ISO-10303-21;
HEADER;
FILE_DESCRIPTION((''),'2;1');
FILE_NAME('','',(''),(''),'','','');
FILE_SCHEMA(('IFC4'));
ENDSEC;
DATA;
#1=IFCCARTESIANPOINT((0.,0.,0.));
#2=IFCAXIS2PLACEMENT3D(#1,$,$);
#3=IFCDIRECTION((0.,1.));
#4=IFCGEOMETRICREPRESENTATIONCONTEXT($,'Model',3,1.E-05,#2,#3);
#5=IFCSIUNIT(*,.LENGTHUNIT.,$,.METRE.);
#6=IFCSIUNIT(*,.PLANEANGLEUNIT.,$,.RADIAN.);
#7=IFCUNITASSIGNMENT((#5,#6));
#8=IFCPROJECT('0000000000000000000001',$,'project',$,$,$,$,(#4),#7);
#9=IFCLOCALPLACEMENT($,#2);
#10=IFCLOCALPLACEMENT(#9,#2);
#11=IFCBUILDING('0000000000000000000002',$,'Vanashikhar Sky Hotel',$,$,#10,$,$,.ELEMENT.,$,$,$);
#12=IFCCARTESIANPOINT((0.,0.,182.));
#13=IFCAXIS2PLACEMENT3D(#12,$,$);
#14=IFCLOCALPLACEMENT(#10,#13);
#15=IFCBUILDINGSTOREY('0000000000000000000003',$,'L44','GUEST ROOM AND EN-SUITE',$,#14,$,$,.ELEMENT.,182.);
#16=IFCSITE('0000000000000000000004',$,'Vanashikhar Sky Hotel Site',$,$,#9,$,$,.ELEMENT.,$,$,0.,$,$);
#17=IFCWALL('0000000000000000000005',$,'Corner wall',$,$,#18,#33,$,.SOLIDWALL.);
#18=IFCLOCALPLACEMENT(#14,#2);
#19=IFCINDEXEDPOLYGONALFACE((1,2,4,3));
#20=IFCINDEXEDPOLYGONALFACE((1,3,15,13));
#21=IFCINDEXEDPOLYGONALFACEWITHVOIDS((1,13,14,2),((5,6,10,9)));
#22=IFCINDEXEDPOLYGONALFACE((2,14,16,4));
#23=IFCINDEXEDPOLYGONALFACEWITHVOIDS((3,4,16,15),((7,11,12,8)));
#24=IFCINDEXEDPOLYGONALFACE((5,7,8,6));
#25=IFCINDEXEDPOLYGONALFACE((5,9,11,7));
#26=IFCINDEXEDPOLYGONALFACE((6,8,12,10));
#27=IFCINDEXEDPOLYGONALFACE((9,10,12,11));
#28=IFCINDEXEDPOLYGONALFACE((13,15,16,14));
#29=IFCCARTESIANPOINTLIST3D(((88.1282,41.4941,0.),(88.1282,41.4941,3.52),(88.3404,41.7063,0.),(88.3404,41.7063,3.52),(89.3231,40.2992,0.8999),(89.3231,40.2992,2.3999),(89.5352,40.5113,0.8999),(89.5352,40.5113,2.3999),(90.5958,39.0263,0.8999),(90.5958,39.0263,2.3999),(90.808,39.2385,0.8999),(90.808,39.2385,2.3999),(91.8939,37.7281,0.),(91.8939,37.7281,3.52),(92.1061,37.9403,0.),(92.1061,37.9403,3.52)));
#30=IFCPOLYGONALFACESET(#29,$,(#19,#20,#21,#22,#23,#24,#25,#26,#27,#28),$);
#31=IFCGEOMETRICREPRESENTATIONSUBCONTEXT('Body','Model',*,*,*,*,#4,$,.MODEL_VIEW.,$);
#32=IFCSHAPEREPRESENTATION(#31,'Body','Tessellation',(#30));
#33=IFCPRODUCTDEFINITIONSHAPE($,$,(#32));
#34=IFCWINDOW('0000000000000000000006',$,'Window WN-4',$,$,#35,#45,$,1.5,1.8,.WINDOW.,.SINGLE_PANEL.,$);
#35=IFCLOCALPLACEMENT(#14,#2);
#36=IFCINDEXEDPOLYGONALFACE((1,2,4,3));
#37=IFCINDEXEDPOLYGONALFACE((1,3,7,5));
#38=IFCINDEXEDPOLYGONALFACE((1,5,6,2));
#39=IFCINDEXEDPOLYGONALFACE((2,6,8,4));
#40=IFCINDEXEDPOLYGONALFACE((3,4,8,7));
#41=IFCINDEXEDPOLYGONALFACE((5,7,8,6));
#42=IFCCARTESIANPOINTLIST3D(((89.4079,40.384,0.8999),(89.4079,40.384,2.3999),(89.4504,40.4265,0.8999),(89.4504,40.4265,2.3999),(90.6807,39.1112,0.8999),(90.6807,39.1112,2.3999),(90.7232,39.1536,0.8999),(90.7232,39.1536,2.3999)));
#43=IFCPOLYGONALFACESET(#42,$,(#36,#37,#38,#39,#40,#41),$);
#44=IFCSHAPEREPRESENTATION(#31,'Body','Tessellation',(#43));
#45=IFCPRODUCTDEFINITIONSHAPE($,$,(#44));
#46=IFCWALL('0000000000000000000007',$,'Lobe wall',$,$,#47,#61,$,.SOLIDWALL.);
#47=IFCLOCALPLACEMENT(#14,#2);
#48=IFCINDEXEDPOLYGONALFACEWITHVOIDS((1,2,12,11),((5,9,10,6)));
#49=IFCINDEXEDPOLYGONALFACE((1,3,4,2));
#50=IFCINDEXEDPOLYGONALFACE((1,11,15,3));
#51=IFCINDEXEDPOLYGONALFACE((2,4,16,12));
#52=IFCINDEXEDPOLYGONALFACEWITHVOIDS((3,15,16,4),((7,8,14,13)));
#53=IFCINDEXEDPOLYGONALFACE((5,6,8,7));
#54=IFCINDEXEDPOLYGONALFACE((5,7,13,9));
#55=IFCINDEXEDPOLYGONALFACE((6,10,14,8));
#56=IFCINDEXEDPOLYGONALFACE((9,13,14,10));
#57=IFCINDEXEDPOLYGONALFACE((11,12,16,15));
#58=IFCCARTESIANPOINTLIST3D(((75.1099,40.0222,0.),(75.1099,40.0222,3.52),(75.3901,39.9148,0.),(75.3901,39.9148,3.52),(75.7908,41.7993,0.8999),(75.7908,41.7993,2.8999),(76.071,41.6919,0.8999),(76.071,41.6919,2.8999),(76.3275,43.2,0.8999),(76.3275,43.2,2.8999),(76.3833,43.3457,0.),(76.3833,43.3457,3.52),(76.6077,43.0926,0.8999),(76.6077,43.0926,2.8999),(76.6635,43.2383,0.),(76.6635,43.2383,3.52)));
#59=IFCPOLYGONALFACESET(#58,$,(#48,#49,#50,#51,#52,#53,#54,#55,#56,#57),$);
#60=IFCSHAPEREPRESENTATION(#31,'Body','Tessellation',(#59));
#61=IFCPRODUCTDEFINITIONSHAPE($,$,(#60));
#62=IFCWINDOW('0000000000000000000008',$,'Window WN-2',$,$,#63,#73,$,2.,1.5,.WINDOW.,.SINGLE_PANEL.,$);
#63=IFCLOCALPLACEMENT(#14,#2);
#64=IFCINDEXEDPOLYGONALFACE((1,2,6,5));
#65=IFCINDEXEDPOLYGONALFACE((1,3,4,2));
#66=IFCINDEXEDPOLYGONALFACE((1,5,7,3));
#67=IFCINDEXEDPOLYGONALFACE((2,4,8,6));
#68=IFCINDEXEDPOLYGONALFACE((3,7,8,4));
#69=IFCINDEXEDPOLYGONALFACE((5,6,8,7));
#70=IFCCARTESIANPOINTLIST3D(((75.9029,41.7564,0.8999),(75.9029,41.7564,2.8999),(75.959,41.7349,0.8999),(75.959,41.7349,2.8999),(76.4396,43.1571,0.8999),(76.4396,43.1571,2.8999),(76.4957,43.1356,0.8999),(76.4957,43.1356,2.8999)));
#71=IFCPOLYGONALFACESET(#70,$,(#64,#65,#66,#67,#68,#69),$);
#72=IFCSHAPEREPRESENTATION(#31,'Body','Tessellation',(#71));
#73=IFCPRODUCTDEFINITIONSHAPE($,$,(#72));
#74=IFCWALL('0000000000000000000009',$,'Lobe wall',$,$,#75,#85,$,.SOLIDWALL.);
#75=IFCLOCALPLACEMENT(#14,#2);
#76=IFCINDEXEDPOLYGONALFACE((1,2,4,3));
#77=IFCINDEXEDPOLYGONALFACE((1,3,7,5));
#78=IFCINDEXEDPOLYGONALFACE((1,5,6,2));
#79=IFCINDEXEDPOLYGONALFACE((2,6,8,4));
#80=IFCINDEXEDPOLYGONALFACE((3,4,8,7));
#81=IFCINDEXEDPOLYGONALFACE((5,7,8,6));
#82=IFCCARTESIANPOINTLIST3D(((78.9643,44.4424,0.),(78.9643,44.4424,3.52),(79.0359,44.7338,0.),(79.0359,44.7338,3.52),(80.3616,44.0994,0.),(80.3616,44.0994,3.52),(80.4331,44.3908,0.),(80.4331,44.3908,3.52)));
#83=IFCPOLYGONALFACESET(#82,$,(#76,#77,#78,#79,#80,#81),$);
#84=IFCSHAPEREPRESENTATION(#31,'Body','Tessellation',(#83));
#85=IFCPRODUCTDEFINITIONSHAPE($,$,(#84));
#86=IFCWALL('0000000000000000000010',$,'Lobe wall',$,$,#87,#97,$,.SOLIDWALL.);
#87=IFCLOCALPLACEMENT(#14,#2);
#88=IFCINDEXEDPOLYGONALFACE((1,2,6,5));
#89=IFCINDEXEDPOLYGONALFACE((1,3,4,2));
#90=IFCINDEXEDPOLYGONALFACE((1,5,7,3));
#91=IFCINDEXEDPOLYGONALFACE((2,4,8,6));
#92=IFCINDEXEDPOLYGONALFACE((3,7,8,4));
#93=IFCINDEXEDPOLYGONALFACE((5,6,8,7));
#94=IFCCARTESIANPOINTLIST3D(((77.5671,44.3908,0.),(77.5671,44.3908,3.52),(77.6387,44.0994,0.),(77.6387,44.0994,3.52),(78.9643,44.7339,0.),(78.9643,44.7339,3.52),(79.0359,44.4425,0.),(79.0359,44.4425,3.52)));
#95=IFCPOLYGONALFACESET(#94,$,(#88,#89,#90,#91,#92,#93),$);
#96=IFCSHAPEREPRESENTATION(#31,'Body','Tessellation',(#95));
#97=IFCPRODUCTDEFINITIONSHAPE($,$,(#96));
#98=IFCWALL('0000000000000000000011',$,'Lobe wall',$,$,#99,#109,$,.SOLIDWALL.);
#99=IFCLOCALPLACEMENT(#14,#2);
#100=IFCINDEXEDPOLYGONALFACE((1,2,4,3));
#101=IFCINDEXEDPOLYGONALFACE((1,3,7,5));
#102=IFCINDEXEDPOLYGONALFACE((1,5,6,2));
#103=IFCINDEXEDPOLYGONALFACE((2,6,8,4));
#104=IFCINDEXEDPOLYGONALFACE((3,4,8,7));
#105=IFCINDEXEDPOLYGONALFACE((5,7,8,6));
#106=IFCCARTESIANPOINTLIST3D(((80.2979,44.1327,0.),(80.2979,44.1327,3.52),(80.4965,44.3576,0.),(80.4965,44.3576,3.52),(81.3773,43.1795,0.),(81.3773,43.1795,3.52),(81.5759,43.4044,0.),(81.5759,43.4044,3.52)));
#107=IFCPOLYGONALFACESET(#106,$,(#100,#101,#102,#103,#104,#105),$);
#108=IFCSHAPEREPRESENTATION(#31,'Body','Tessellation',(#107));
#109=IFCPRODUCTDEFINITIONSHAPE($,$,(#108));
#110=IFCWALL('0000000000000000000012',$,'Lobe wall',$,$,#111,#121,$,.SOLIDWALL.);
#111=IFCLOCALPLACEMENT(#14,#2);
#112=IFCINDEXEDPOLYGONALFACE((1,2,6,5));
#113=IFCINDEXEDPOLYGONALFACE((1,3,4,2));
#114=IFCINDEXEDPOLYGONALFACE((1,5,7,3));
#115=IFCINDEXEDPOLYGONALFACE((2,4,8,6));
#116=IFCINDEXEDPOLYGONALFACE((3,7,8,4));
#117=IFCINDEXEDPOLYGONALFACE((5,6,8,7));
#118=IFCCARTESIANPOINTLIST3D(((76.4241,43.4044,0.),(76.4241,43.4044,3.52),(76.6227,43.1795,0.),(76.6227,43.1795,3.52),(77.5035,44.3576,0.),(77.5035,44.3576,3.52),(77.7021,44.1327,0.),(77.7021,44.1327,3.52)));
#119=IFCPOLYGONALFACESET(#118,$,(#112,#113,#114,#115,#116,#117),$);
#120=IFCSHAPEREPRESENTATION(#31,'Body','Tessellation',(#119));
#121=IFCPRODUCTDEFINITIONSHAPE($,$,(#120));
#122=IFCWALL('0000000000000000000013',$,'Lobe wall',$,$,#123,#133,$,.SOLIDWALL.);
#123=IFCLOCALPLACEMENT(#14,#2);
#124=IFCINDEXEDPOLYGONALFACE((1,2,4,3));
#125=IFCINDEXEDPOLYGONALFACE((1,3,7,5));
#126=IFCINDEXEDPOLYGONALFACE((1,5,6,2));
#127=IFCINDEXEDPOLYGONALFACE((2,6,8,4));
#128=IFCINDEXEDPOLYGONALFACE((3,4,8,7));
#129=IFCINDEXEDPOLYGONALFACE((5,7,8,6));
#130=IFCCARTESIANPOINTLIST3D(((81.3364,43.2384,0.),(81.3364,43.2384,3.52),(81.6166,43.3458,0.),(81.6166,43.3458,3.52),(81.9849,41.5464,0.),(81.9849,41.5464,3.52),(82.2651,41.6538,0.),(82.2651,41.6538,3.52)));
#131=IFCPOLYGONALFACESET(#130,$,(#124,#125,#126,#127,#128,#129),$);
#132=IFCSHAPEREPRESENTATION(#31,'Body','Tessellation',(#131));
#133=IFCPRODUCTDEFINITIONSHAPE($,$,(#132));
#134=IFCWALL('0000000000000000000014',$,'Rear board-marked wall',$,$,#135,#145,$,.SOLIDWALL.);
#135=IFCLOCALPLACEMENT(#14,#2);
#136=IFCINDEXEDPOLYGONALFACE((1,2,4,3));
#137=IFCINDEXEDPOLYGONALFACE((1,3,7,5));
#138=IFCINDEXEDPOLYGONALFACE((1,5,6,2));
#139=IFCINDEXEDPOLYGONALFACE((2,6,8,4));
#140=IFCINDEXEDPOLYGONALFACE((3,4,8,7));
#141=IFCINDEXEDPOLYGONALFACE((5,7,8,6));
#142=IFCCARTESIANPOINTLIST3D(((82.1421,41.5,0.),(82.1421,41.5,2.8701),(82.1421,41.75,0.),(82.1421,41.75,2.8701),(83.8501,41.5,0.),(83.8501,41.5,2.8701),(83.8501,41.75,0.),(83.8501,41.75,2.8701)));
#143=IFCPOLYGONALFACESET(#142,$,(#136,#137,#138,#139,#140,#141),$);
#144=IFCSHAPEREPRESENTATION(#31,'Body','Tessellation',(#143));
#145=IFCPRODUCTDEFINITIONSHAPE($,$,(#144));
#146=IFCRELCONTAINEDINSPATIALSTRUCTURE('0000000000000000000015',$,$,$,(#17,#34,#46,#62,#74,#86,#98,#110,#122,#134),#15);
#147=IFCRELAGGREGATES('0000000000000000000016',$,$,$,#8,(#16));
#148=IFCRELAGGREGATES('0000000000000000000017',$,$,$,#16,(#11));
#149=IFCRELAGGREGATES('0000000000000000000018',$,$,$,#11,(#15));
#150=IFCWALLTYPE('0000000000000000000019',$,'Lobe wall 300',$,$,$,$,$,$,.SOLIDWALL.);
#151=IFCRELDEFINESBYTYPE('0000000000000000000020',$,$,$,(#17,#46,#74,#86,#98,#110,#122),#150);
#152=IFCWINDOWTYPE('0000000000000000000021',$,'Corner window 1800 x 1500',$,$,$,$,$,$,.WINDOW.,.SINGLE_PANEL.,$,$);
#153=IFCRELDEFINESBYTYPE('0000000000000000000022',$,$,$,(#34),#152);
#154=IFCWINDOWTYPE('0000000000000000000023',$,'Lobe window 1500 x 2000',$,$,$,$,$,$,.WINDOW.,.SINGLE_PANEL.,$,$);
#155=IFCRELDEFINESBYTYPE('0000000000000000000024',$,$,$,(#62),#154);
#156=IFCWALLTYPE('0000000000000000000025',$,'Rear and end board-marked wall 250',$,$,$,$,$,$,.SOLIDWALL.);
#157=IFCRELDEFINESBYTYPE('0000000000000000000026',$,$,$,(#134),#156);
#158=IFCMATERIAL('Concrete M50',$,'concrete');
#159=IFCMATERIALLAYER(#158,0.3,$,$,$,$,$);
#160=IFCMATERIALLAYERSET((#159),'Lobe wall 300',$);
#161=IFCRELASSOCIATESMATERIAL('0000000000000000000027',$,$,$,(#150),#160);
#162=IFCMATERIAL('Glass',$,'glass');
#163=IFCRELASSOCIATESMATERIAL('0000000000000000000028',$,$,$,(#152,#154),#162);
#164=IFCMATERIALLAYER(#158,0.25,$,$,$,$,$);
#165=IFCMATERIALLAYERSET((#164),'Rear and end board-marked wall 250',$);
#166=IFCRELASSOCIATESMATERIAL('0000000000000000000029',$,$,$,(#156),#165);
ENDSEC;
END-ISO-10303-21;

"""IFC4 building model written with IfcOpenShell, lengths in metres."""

from ifc_helpers import new_model, si_unit, direction, frame, frame_2d, origin, place, context, subcontext, project, spatial, rectangle, extrude, source, transform, mapped, material, layer, layer_set, type_object, element, fill, save


model = new_model("IFC4")

# Units and contexts
model_context = context("Model", 3, precision=1e-05, world=origin(), true_north=direction((0.0, 1.0)))
body_context = subcontext(model_context, "Body", "Model", "MODEL_VIEW")
ifc_project = project(units=[si_unit("LENGTHUNIT", "METRE"), si_unit("PLANEANGLEUNIT", "RADIAN")], contexts=[model_context])

# Site, building, storey
site_placement = place(None, origin())
site = spatial("IfcSite", under=ifc_project, at=site_placement, Name="Vanashikhar Sky Hotel Site", CompositionType="ELEMENT", RefElevation=0.0)
building_placement = place(site_placement, origin())
building = spatial("IfcBuilding", under=site, at=building_placement, Name="Vanashikhar Sky Hotel", CompositionType="ELEMENT")
storey_placement = place(building_placement, frame((0.0, 0.0, 182.0)))
storey = spatial("IfcBuildingStorey", under=building, at=storey_placement, Name="L44", Description="GUEST ROOM AND EN-SUITE", CompositionType="ELEMENT", Elevation=182.0)

# Walls, openings, windows
ifc_material_1 = material(Name="Concrete M50", Category="concrete")
ifc_layer_1 = layer(ifc_material_1, 0.3)
ifc_layer_set_1 = layer_set([ifc_layer_1], Name="Lobe wall 300")
wall_type_1 = type_object("IfcWallType", Name="Lobe wall 300", PredefinedType="SOLIDWALL", material=ifc_layer_set_1)
shared_shape_1 = source(origin(), body_context, "Body", "SweptSolid", [
    extrude(rectangle(XDim=5.3257, YDim=0.3, at=frame_2d((2.6628, 0.0))), origin(), (0.0, 0.0, 1.0), 3.52),
])
wall_1_placement = place(storey_placement, frame((92.0, 37.8342, 0.0), z_axis=(0.0, 0.0, 1.0), x_axis=(-0.707084, 0.70713, 0.0)))
wall_1 = element("IfcWall", 1, at=wall_1_placement, inside=storey, type_object=wall_type_1, Name="Corner wall", PredefinedType="SOLIDWALL", context=body_context, shape_type="MappedRepresentation", body=[
    mapped(shared_shape_1, transform((0.0, 0.0, 0.0), scale=1.0)),
])
shared_shape_2 = source(origin(), body_context, "Body", "SweptSolid", [
    extrude(rectangle(XDim=1.8, YDim=1.5, at=frame_2d((0.8999, 0.75))), frame((0.0, 0.1602, 0.0), z_axis=(0.0, -1.0, 0.0), x_axis=(1.0, 0.0, 0.0)), (0.0, 0.0, 1.0), 0.3201),
])
opening_1_placement = place(wall_1_placement, frame((1.8359, 0.0, 0.8999)))
opening_1 = element("IfcOpeningElement", 2, at=opening_1_placement, cuts=wall_1, PredefinedType="OPENING", context=body_context, shape_type="MappedRepresentation", body=[
    mapped(shared_shape_2, transform((0.0, 0.0, 0.0), scale=1.0)),
])
ifc_material_2 = material(Name="Glass", Category="glass")
window_type_1 = type_object("IfcWindowType", Name="Corner window 1800 x 1500", PartitioningType="SINGLE_PANEL", PredefinedType="WINDOW", material=ifc_material_2)
shared_shape_3 = source(origin(), body_context, "Body", "SweptSolid", [
    extrude(rectangle(XDim=1.8, YDim=1.5, at=frame_2d((0.8999, 0.75))), frame((0.0, 0.03, 0.0), z_axis=(0.0, -1.0, 0.0), x_axis=(1.0, 0.0, 0.0)), (0.0, 0.0, 1.0), 0.0601),
])
window_1_placement = place(opening_1_placement, origin())
window_1 = element("IfcWindow", 3, at=window_1_placement, inside=storey, type_object=window_type_1, Name="Window WN-4", OverallHeight=1.5, OverallWidth=1.8, PartitioningType="SINGLE_PANEL", PredefinedType="WINDOW", context=body_context, shape_type="MappedRepresentation", body=[
    mapped(shared_shape_3, transform((0.0, 0.0, 0.0), scale=1.0)),
])
fill(opening_1, window_1)
shared_shape_4 = source(origin(), body_context, "Body", "SweptSolid", [
    extrude(rectangle(XDim=3.5591, YDim=0.3, at=frame_2d((1.7795, 0.0))), origin(), (0.0, 0.0, 1.0), 3.52),
])
wall_2_placement = place(storey_placement, frame((76.5234, 43.292, 0.0), z_axis=(0.0, 0.0, 1.0), x_axis=(-0.357797, -0.933799, 0.0)))
wall_2 = element("IfcWall", 4, at=wall_2_placement, inside=storey, type_object=wall_type_1, Name="Lobe wall", PredefinedType="SOLIDWALL", context=body_context, shape_type="MappedRepresentation", body=[
    mapped(shared_shape_4, transform((0.0, 0.0, 0.0), scale=1.0)),
])
shared_shape_5 = source(origin(), body_context, "Body", "SweptSolid", [
    extrude(rectangle(XDim=1.5, YDim=2.0, at=frame_2d((0.75, 1.0))), frame((0.0, 0.1602, 0.0), z_axis=(0.0, -1.0, 0.0), x_axis=(1.0, 0.0, 0.0)), (0.0, 0.0, 1.0), 0.3201),
])
opening_2_placement = place(wall_2_placement, frame((0.156, 0.0, 0.8999)))
opening_2 = element("IfcOpeningElement", 5, at=opening_2_placement, cuts=wall_2, PredefinedType="OPENING", context=body_context, shape_type="MappedRepresentation", body=[
    mapped(shared_shape_5, transform((0.0, 0.0, 0.0), scale=1.0)),
])
window_type_2 = type_object("IfcWindowType", Name="Lobe window 1500 x 2000", PartitioningType="SINGLE_PANEL", PredefinedType="WINDOW", material=ifc_material_2)
shared_shape_6 = source(origin(), body_context, "Body", "SweptSolid", [
    extrude(rectangle(XDim=1.5, YDim=2.0, at=frame_2d((0.75, 1.0))), frame((0.0, 0.03, 0.0), z_axis=(0.0, -1.0, 0.0), x_axis=(1.0, 0.0, 0.0)), (0.0, 0.0, 1.0), 0.0601),
])
window_2_placement = place(opening_2_placement, origin())
window_2 = element("IfcWindow", 6, at=window_2_placement, inside=storey, type_object=window_type_2, Name="Window WN-2", OverallHeight=2.0, OverallWidth=1.5, PartitioningType="SINGLE_PANEL", PredefinedType="WINDOW", context=body_context, shape_type="MappedRepresentation", body=[
    mapped(shared_shape_6, transform((0.0, 0.0, 0.0), scale=1.0)),
])
fill(opening_2, window_2)

# Walls
shared_shape_7 = source(origin(), body_context, "Body", "SweptSolid", [
    extrude(rectangle(XDim=1.4387, YDim=0.3, at=frame_2d((0.7192, 0.0))), origin(), (0.0, 0.0, 1.0), 3.52),
])
for number, where, z_axis, x_axis, name in (
    (7, (80.3972, 44.2451, 0.0), (0.0, 0.0, 1.0), (-0.971162, 0.238421, 0.0), "Lobe wall"),
    (8, (79.0, 44.5881, 0.0), (0.0, 0.0, 1.0), (-0.971162, -0.238421, 0.0), "Lobe wall"),
):
    element("IfcWall", number, at=place(storey_placement, frame(where, z_axis=z_axis, x_axis=x_axis)), inside=storey, type_object=wall_type_1, Name=name, PredefinedType="SOLIDWALL", context=body_context, shape_type="MappedRepresentation", body=[
        mapped(shared_shape_7, transform((0.0, 0.0, 0.0), scale=1.0)),
    ])
shared_shape_8 = source(origin(), body_context, "Body", "SweptSolid", [
    extrude(rectangle(XDim=1.4399, YDim=0.3, at=frame_2d((0.72, 0.0))), origin(), (0.0, 0.0, 1.0), 3.52),
])
for number, where, z_axis, x_axis, name in (
    (9, (81.4766, 43.292, 0.0), (0.0, 0.0, 1.0), (-0.749576, 0.661919, 0.0), "Lobe wall"),
    (10, (77.6028, 44.2451, 0.0), (0.0, 0.0, 1.0), (-0.749576, -0.661919, 0.0), "Lobe wall"),
):
    element("IfcWall", number, at=place(storey_placement, frame(where, z_axis=z_axis, x_axis=x_axis)), inside=storey, type_object=wall_type_1, Name=name, PredefinedType="SOLIDWALL", context=body_context, shape_type="MappedRepresentation", body=[
        mapped(shared_shape_8, transform((0.0, 0.0, 0.0), scale=1.0)),
    ])
shared_shape_9 = source(origin(), body_context, "Body", "SweptSolid", [
    extrude(rectangle(XDim=1.812, YDim=0.3, at=frame_2d((0.906, 0.0))), origin(), (0.0, 0.0, 1.0), 3.52),
])
wall_3_placement = place(storey_placement, frame((82.125, 41.6001, 0.0), z_axis=(0.0, 0.0, 1.0), x_axis=(-0.357877, 0.933769, 0.0)))
element("IfcWall", 11, at=wall_3_placement, inside=storey, type_object=wall_type_1, Name="Lobe wall", PredefinedType="SOLIDWALL", context=body_context, shape_type="MappedRepresentation", body=[
    mapped(shared_shape_9, transform((0.0, 0.0, 0.0), scale=1.0)),
])
ifc_layer_2 = layer(ifc_material_1, 0.25)
ifc_layer_set_2 = layer_set([ifc_layer_2], Name="Rear and end board-marked wall 250")
wall_type_2 = type_object("IfcWallType", Name="Rear and end board-marked wall 250", PredefinedType="SOLIDWALL", material=ifc_layer_set_2)
shared_shape_10 = source(origin(), body_context, "Body", "SweptSolid", [
    extrude(rectangle(XDim=1.708, YDim=0.25, at=frame_2d((0.854, 0.0))), origin(), (0.0, 0.0, 1.0), 2.8701),
])
wall_4_placement = place(storey_placement, frame((83.8501, 41.625, 0.0), z_axis=(0.0, 0.0, 1.0), x_axis=(-1.0, 0.0, 0.0)))
element("IfcWall", 12, at=wall_4_placement, inside=storey, type_object=wall_type_2, Name="Rear board-marked wall", PredefinedType="SOLIDWALL", context=body_context, shape_type="MappedRepresentation", body=[
    mapped(shared_shape_10, transform((0.0, 0.0, 0.0), scale=1.0)),
])

save(model, "model.ifc")
